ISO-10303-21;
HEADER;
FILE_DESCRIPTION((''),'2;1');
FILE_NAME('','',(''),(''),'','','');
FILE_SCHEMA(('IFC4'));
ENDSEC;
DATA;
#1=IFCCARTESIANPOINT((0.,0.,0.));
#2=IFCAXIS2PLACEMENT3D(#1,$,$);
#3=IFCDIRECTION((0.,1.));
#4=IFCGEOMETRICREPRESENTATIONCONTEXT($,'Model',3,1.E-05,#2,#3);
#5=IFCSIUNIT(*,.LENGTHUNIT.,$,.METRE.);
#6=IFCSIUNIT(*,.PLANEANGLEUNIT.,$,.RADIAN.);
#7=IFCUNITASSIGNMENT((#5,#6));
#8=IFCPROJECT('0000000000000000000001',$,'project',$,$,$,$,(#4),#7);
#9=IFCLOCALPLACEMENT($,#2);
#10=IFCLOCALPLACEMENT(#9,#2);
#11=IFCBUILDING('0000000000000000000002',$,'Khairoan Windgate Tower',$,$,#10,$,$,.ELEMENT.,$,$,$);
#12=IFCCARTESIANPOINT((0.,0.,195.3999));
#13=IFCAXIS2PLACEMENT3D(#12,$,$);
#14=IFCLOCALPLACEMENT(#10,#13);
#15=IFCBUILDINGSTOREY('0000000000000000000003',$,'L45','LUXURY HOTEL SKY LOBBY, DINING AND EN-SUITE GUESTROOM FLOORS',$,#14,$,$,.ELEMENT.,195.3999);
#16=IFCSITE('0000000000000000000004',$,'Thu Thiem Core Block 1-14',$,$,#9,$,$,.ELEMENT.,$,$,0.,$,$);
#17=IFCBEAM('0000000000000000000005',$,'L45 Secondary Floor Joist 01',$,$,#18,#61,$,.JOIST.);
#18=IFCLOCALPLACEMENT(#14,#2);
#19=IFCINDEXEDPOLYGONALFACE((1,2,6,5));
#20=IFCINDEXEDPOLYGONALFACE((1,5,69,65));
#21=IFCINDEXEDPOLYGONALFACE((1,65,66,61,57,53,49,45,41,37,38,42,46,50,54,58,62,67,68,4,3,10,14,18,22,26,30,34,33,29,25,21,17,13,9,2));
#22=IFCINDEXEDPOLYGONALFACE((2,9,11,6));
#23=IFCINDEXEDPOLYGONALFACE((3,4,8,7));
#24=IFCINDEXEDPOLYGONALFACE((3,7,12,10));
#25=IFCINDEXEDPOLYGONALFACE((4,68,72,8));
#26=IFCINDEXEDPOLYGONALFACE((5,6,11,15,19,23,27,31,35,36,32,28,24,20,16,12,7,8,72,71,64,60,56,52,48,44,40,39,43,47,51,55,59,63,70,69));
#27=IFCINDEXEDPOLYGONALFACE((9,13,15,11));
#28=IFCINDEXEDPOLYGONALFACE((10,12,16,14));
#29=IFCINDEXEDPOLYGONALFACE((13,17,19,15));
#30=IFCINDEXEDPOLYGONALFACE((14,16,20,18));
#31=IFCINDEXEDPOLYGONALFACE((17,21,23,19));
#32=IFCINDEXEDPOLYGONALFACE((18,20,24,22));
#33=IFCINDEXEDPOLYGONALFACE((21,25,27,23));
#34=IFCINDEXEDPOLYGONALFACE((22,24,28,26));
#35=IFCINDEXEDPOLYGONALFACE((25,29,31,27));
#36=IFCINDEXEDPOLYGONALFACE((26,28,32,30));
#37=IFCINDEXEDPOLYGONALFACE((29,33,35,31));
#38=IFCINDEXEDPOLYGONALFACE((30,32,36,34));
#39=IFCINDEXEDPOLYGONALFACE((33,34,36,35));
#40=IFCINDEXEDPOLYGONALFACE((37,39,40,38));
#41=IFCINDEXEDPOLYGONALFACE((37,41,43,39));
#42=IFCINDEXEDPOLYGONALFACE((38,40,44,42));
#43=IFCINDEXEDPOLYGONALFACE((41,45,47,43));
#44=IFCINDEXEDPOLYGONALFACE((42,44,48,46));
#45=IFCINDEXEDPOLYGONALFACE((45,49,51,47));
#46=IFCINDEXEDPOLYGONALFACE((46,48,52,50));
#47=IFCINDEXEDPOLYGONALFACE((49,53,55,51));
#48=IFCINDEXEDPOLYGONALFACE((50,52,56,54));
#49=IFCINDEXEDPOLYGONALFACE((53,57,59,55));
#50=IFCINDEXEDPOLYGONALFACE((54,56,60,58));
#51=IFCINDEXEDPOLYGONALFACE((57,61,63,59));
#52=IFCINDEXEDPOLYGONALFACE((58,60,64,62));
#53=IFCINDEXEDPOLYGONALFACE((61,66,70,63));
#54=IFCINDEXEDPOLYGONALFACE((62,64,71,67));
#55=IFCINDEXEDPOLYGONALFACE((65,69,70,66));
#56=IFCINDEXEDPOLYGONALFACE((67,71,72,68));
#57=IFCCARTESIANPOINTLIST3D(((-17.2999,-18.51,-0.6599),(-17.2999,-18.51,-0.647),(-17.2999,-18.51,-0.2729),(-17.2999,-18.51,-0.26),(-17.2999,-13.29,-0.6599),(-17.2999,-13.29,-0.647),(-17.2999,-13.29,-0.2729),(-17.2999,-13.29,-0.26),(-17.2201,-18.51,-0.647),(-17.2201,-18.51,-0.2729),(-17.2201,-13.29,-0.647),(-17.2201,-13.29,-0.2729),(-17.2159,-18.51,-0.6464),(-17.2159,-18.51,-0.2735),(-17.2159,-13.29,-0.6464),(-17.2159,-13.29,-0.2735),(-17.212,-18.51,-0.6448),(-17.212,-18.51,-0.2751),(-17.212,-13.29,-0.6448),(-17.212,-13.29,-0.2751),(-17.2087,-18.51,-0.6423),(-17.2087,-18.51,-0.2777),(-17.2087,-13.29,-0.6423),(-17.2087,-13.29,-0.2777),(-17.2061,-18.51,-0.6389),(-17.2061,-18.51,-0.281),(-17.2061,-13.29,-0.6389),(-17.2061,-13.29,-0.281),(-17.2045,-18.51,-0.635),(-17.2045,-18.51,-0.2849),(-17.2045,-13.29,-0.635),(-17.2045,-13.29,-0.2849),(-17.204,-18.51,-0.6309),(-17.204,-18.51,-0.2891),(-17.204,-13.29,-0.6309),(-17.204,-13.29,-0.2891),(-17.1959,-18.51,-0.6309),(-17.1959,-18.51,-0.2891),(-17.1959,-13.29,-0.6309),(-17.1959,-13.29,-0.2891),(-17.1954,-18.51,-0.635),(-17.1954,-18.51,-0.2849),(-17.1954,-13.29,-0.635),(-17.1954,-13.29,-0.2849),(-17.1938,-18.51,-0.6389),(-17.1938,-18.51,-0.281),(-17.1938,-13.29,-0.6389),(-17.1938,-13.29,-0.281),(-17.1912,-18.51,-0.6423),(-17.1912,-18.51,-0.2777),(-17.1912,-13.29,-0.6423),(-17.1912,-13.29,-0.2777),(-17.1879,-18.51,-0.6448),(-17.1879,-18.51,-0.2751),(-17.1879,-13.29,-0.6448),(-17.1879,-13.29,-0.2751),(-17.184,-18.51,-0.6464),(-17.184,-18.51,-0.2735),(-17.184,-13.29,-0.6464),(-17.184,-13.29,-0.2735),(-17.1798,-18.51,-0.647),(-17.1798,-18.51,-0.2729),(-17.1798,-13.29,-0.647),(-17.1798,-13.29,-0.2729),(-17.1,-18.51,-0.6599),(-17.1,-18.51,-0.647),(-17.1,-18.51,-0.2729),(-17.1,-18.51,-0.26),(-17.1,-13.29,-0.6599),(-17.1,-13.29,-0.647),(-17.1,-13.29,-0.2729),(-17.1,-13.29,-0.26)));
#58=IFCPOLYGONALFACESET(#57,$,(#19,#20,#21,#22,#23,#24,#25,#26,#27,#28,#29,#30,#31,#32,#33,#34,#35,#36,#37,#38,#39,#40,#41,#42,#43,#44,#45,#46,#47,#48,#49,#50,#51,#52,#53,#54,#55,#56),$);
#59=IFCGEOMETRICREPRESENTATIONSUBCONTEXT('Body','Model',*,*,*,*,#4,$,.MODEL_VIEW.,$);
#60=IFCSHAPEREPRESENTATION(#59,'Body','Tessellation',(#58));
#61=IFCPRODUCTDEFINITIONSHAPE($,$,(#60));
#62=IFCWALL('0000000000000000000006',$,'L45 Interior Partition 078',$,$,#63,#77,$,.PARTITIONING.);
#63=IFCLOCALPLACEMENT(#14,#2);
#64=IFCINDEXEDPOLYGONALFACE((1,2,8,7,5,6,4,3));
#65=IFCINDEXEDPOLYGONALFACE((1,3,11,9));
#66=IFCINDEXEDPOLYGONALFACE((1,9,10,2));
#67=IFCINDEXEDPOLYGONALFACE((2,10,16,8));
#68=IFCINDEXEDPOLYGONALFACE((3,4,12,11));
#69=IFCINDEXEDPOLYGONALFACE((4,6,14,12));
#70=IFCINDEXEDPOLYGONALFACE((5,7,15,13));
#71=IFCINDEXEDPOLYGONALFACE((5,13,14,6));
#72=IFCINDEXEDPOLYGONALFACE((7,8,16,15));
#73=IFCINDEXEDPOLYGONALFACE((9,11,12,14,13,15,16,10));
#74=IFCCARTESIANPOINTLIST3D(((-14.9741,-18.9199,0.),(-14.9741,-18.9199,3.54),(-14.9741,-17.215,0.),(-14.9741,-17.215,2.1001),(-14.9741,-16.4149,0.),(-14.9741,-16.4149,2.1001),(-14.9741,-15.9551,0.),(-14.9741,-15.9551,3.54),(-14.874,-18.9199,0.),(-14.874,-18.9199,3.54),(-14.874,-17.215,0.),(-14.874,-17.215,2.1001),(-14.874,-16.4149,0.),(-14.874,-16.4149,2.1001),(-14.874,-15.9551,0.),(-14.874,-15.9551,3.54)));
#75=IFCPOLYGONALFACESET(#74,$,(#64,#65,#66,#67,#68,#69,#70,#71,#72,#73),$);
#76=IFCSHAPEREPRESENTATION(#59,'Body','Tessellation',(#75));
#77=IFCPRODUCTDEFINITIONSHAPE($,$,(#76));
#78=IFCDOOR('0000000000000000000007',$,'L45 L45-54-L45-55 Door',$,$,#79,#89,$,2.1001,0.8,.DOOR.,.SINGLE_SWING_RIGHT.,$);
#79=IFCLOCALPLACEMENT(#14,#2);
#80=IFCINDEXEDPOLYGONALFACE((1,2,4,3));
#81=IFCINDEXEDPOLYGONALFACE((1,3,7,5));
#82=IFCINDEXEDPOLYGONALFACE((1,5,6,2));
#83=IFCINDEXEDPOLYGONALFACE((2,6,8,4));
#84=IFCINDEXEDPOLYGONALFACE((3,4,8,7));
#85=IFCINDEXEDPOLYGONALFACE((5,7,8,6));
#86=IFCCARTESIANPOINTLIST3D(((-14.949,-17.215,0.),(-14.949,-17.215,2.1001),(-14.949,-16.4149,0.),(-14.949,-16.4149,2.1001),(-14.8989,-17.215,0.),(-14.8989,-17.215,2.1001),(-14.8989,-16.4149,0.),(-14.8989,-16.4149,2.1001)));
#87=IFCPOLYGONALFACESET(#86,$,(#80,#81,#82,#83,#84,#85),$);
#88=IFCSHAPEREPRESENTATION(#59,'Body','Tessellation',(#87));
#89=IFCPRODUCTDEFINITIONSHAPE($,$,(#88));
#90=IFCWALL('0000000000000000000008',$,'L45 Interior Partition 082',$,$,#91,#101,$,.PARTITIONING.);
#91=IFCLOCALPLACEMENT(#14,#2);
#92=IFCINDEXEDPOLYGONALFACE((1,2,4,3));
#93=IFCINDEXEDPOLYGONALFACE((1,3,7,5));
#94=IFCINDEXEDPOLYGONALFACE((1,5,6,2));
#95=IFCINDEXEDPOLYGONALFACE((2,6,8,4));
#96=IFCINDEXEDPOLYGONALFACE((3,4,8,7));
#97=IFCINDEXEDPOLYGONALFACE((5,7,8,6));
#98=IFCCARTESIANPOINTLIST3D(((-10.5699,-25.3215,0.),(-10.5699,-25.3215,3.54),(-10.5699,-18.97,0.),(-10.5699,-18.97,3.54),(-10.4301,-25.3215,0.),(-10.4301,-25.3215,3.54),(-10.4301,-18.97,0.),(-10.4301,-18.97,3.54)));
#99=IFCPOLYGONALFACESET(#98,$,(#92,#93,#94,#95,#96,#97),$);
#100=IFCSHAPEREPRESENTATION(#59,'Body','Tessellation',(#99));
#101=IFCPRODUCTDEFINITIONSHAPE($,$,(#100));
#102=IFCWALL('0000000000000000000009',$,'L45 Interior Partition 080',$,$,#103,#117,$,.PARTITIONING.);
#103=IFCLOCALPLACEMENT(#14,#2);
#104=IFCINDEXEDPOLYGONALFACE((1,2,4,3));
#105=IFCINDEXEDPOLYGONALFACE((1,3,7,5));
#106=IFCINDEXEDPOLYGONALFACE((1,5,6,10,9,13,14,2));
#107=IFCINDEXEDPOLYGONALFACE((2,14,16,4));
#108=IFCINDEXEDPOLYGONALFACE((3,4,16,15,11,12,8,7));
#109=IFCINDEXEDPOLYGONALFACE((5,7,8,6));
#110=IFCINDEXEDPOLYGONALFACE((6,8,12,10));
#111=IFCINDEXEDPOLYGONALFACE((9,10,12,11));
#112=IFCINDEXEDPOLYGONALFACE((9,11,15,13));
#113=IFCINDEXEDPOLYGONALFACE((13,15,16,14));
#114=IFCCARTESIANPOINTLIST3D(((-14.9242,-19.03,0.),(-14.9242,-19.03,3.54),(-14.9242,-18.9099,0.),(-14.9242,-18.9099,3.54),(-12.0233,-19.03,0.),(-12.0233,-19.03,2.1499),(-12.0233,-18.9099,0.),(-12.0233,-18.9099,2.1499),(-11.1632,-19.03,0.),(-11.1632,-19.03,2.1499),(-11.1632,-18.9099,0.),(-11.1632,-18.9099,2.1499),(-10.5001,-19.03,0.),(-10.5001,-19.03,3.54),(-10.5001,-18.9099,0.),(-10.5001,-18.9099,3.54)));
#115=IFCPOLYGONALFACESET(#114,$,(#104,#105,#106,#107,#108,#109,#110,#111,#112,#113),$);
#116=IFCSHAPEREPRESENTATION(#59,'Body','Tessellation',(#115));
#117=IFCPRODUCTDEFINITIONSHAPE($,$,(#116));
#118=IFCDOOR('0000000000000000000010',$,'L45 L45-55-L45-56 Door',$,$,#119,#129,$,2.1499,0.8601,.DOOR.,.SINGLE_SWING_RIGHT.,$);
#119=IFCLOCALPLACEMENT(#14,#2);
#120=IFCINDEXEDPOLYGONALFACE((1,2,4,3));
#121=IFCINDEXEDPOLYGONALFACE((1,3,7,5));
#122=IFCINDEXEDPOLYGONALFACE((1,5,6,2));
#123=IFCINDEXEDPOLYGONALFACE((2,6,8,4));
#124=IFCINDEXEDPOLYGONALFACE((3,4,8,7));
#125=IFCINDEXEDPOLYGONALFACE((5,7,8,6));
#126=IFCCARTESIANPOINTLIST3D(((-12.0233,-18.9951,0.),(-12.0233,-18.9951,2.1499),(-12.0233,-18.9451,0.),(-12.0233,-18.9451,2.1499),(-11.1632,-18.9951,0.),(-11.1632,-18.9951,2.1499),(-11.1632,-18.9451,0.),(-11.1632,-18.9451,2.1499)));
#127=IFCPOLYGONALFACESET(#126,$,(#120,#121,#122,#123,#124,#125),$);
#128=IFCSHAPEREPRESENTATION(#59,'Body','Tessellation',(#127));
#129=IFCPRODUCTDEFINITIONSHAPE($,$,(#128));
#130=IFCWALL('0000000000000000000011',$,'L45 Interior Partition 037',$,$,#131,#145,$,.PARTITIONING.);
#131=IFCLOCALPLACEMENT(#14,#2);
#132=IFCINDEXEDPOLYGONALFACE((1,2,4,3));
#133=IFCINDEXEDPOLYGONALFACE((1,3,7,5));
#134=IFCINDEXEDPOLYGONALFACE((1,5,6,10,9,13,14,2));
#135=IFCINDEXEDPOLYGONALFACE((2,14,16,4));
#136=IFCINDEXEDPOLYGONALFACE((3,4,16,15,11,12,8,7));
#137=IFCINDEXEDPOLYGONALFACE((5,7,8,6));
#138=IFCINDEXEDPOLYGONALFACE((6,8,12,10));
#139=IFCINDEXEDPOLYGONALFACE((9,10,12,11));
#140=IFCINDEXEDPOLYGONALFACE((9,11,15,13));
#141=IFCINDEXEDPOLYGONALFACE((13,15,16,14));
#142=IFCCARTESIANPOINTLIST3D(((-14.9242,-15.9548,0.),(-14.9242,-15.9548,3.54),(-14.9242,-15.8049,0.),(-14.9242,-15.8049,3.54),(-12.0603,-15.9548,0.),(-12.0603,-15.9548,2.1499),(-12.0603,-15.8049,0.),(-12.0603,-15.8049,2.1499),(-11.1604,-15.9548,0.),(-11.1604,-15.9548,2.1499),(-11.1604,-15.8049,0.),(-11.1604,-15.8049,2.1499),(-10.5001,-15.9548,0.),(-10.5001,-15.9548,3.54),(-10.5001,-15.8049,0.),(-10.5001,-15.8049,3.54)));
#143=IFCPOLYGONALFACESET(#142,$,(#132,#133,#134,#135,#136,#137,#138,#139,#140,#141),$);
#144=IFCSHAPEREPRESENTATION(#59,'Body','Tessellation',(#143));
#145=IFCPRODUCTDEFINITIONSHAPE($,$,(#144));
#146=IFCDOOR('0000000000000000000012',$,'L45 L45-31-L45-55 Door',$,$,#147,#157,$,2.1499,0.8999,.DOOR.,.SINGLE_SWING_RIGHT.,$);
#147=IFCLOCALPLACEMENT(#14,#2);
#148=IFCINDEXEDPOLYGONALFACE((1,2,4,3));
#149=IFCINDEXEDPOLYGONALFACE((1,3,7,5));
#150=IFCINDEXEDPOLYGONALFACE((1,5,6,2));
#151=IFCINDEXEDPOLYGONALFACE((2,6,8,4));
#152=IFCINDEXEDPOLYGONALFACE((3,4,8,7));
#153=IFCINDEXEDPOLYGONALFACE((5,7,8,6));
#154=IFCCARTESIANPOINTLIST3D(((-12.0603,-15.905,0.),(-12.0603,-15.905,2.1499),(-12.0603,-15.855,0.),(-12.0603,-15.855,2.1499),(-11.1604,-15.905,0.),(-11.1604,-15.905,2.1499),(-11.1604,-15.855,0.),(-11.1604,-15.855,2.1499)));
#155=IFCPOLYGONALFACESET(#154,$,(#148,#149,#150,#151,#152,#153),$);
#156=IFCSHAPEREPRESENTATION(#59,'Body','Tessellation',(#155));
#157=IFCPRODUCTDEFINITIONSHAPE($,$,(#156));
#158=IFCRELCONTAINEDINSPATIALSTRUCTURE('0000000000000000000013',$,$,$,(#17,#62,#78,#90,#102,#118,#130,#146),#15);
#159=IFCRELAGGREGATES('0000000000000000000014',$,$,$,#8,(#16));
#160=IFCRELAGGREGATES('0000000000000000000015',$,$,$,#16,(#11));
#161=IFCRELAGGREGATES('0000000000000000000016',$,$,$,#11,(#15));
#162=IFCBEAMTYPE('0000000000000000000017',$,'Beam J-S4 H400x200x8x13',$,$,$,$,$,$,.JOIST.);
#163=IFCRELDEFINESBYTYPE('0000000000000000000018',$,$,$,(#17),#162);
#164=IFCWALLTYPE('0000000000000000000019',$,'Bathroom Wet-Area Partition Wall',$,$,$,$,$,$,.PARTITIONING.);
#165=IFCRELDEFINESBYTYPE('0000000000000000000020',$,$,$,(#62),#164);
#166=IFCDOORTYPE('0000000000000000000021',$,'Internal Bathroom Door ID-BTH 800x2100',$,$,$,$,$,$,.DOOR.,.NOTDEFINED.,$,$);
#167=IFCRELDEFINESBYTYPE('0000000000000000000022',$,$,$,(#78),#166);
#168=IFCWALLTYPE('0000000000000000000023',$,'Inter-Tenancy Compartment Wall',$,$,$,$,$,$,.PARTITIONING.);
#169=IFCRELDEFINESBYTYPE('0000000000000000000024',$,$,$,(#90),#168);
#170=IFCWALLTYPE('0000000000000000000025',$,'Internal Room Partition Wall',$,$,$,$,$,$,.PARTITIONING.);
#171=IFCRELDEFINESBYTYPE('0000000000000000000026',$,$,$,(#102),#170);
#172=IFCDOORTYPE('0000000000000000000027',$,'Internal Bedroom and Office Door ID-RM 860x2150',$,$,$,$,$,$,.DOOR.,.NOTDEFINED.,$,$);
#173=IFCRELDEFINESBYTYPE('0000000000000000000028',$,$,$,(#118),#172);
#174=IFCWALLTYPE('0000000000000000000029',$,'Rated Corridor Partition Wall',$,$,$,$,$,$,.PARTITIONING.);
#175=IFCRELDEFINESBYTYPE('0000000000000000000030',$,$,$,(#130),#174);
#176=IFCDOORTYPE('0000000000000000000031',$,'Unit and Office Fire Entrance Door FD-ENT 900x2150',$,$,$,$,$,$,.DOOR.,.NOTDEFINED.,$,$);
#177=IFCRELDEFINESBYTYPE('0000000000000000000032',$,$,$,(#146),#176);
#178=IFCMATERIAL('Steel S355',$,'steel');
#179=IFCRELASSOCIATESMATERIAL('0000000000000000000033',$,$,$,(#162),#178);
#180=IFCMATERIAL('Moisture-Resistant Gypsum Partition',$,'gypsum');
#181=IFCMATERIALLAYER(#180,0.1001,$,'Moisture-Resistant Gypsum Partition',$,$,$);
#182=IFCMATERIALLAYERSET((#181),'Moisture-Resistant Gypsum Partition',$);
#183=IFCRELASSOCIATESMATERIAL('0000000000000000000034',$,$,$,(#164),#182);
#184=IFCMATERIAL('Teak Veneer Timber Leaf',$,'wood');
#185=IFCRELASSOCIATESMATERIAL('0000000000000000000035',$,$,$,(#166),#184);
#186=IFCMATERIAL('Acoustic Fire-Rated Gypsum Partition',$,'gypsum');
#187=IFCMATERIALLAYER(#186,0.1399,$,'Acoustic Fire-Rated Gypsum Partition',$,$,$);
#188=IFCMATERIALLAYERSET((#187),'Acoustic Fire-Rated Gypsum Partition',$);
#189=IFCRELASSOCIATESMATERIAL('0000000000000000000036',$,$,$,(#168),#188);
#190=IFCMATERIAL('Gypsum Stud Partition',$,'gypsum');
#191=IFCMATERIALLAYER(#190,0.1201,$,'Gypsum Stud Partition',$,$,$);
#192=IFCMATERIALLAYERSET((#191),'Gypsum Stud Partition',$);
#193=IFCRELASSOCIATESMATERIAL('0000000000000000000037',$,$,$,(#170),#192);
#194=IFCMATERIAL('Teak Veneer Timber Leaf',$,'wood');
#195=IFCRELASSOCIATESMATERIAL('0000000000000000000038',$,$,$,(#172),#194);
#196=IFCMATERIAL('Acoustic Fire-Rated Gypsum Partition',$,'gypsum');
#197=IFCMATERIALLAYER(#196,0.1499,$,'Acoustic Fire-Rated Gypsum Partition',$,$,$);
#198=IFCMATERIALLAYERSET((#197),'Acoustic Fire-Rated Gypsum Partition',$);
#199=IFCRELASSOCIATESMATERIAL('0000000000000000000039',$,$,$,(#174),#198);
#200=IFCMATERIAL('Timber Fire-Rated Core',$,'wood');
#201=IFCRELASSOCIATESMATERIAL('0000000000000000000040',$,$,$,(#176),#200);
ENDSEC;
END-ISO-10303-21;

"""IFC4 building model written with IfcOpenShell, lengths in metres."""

from ifc_helpers import new_model, si_unit, direction, frame, frame_2d, origin, origin_2d, place, context, subcontext, project, spatial, rectangle, i_section, extrude, material, layer, layer_set, material_profile, profile_set, type_object, element, fill, save


model = new_model("IFC4")

# Units and contexts
model_context = context("Model", 3, precision=1e-05, world=origin(), true_north=direction((0.0, 1.0)))
body_context = subcontext(model_context, "Body", "Model", "MODEL_VIEW")
ifc_project = project(units=[si_unit("LENGTHUNIT", "METRE"), si_unit("PLANEANGLEUNIT", "RADIAN")], contexts=[model_context])

# Site, building, storey
site_placement = place(None, origin())
site = spatial("IfcSite", under=ifc_project, at=site_placement, Name="Thu Thiem Core Block 1-14", CompositionType="ELEMENT", RefElevation=0.0)
building_placement = place(site_placement, origin())
building = spatial("IfcBuilding", under=site, at=building_placement, Name="Khairoan Windgate Tower", CompositionType="ELEMENT")
storey_placement = place(building_placement, frame((0.0, 0.0, 195.3999)))
storey = spatial("IfcBuildingStorey", under=building, at=storey_placement, Name="L45", Description="LUXURY HOTEL SKY LOBBY, DINING AND EN-SUITE GUESTROOM FLOORS", CompositionType="ELEMENT", Elevation=195.3999)

# Beam
ifc_material_1 = material(Name="Steel S355", Category="steel")
ifc_material_profile_1 = material_profile(ifc_material_1, i_section(OverallWidth=0.2, OverallDepth=0.3999, WebThickness=0.0081, FlangeThickness=0.0129, FilletRadius=0.0161, at=origin_2d()))
ifc_profile_set_1 = profile_set([ifc_material_profile_1], Name="Steel S355")
beam_type_1 = type_object("IfcBeamType", Name="Beam J-S4 H400x200x8x13", PredefinedType="JOIST", material=ifc_profile_set_1)
beam_1_placement = place(storey_placement, frame((-17.2, -18.51, -0.46), z_axis=(0.0, 1.0, 0.0), x_axis=(-1.0, 0.0, 0.0)))
element("IfcBeam", 1, at=beam_1_placement, inside=storey, type_object=beam_type_1, Name="L45 Secondary Floor Joist 01", PredefinedType="JOIST", context=body_context, shape_type="SweptSolid", body=[
    extrude(i_section(OverallWidth=0.2, OverallDepth=0.3999, WebThickness=0.0081, FlangeThickness=0.0129, FilletRadius=0.0161, at=origin_2d()), origin(), (0.0, 0.0, 1.0), 5.22),
])

# Wall, opening, door
ifc_material_2 = material(Name="Moisture-Resistant Gypsum Partition", Category="gypsum")
ifc_layer_1 = layer(ifc_material_2, 0.1001, Name="Moisture-Resistant Gypsum Partition")
ifc_layer_set_1 = layer_set([ifc_layer_1], Name="Moisture-Resistant Gypsum Partition")
wall_type_1 = type_object("IfcWallType", Name="Bathroom Wet-Area Partition Wall", PredefinedType="PARTITIONING", material=ifc_layer_set_1)
wall_1_placement = place(storey_placement, frame((-14.9241, -18.9199, 0.0), z_axis=(0.0, 0.0, 1.0), x_axis=(0.0, 1.0, 0.0)))
wall_1 = element("IfcWall", 2, at=wall_1_placement, inside=storey, type_object=wall_type_1, Name="L45 Interior Partition 078", PredefinedType="PARTITIONING", context=body_context, shape_type="SweptSolid", body=[
    extrude(rectangle(XDim=2.9648, YDim=0.1001, at=frame_2d((1.4824, 0.0))), origin(), (0.0, 0.0, 1.0), 3.54),
])
opening_1_placement = place(wall_1_placement, frame((1.7051, 0.0, 0.0)))
opening_1 = element("IfcOpeningElement", 3, at=opening_1_placement, cuts=wall_1, PredefinedType="OPENING", context=body_context, shape_type="SweptSolid", body=[
    extrude(rectangle(XDim=0.8, YDim=2.1001, at=frame_2d((0.3999, 1.05))), frame((0.0, 0.0601, 0.0), z_axis=(0.0, -1.0, 0.0), x_axis=(1.0, 0.0, 0.0)), (0.0, 0.0, 1.0), 0.1201),
])
ifc_material_3 = material(Name="Teak Veneer Timber Leaf", Category="wood")
door_type_1 = type_object("IfcDoorType", Name="Internal Bathroom Door ID-BTH 800x2100", OperationType="NOTDEFINED", PredefinedType="DOOR", material=ifc_material_3)
door_1_placement = place(opening_1_placement, origin())
door_1 = element("IfcDoor", 4, at=door_1_placement, inside=storey, type_object=door_type_1, Name="L45 L45-54-L45-55 Door", OperationType="SINGLE_SWING_RIGHT", OverallHeight=2.1001, OverallWidth=0.8, PredefinedType="DOOR", context=body_context, shape_type="SweptSolid", body=[
    extrude(rectangle(XDim=0.8, YDim=2.1001, at=frame_2d((0.3999, 1.05))), frame((0.0, 0.0249, 0.0), z_axis=(0.0, -1.0, 0.0), x_axis=(1.0, 0.0, 0.0)), (0.0, 0.0, 1.0), 0.05),
])
fill(opening_1, door_1)

# Wall
ifc_material_4 = material(Name="Acoustic Fire-Rated Gypsum Partition", Category="gypsum")
ifc_layer_2 = layer(ifc_material_4, 0.1399, Name="Acoustic Fire-Rated Gypsum Partition")
ifc_layer_set_2 = layer_set([ifc_layer_2], Name="Acoustic Fire-Rated Gypsum Partition")
wall_type_2 = type_object("IfcWallType", Name="Inter-Tenancy Compartment Wall", PredefinedType="PARTITIONING", material=ifc_layer_set_2)
wall_2_placement = place(storey_placement, frame((-10.5, -25.3215, 0.0), z_axis=(0.0, 0.0, 1.0), x_axis=(0.0, 1.0, 0.0)))
element("IfcWall", 5, at=wall_2_placement, inside=storey, type_object=wall_type_2, Name="L45 Interior Partition 082", PredefinedType="PARTITIONING", context=body_context, shape_type="SweptSolid", body=[
    extrude(rectangle(XDim=6.3516, YDim=0.1399, at=frame_2d((3.1758, 0.0))), origin(), (0.0, 0.0, 1.0), 3.54),
])

# Walls, openings, doors
ifc_material_5 = material(Name="Gypsum Stud Partition", Category="gypsum")
ifc_layer_3 = layer(ifc_material_5, 0.1201, Name="Gypsum Stud Partition")
ifc_layer_set_3 = layer_set([ifc_layer_3], Name="Gypsum Stud Partition")
wall_type_3 = type_object("IfcWallType", Name="Internal Room Partition Wall", PredefinedType="PARTITIONING", material=ifc_layer_set_3)
wall_3_placement = place(storey_placement, frame((-14.9241, -18.97, 0.0), z_axis=(0.0, 0.0, 1.0), x_axis=(1.0, 0.0, 0.0)))
wall_3 = element("IfcWall", 6, at=wall_3_placement, inside=storey, type_object=wall_type_3, Name="L45 Interior Partition 080", PredefinedType="PARTITIONING", context=body_context, shape_type="SweptSolid", body=[
    extrude(rectangle(XDim=4.4241, YDim=0.1201, at=frame_2d((2.2119, 0.0))), origin(), (0.0, 0.0, 1.0), 3.54),
])
opening_2_placement = place(wall_3_placement, frame((2.9006, 0.0, 0.0)))
opening_2 = element("IfcOpeningElement", 7, at=opening_2_placement, cuts=wall_3, PredefinedType="OPENING", context=body_context, shape_type="SweptSolid", body=[
    extrude(rectangle(XDim=0.8601, YDim=2.1499, at=frame_2d((0.4302, 1.075))), frame((0.0, 0.0701, 0.0), z_axis=(0.0, -1.0, 0.0), x_axis=(1.0, 0.0, 0.0)), (0.0, 0.0, 1.0), 0.1401),
])
ifc_material_6 = material(Name="Teak Veneer Timber Leaf", Category="wood")
door_type_2 = type_object("IfcDoorType", Name="Internal Bedroom and Office Door ID-RM 860x2150", OperationType="NOTDEFINED", PredefinedType="DOOR", material=ifc_material_6)
door_2_placement = place(opening_2_placement, origin())
door_2 = element("IfcDoor", 8, at=door_2_placement, inside=storey, type_object=door_type_2, Name="L45 L45-55-L45-56 Door", OperationType="SINGLE_SWING_RIGHT", OverallHeight=2.1499, OverallWidth=0.8601, PredefinedType="DOOR", context=body_context, shape_type="SweptSolid", body=[
    extrude(rectangle(XDim=0.8601, YDim=2.1499, at=frame_2d((0.4302, 1.075))), frame((0.0, 0.0249, 0.0), z_axis=(0.0, -1.0, 0.0), x_axis=(1.0, 0.0, 0.0)), (0.0, 0.0, 1.0), 0.05),
])
fill(opening_2, door_2)
ifc_material_7 = material(Name="Acoustic Fire-Rated Gypsum Partition", Category="gypsum")
ifc_layer_4 = layer(ifc_material_7, 0.1499, Name="Acoustic Fire-Rated Gypsum Partition")
ifc_layer_set_4 = layer_set([ifc_layer_4], Name="Acoustic Fire-Rated Gypsum Partition")
wall_type_4 = type_object("IfcWallType", Name="Rated Corridor Partition Wall", PredefinedType="PARTITIONING", material=ifc_layer_set_4)
wall_4_placement = place(storey_placement, frame((-14.9241, -15.8799, 0.0), z_axis=(0.0, 0.0, 1.0), x_axis=(1.0, 0.0, 0.0)))
wall_4 = element("IfcWall", 9, at=wall_4_placement, inside=storey, type_object=wall_type_4, Name="L45 Interior Partition 037", PredefinedType="PARTITIONING", context=body_context, shape_type="SweptSolid", body=[
    extrude(rectangle(XDim=4.4241, YDim=0.1499, at=frame_2d((2.2119, 0.0))), origin(), (0.0, 0.0, 1.0), 3.54),
])
opening_3_placement = place(wall_4_placement, frame((2.8638, 0.0, 0.0)))
opening_3 = element("IfcOpeningElement", 10, at=opening_3_placement, cuts=wall_4, PredefinedType="OPENING", context=body_context, shape_type="SweptSolid", body=[
    extrude(rectangle(XDim=0.8999, YDim=2.1499, at=frame_2d((0.45, 1.075))), frame((0.0, 0.085, 0.0), z_axis=(0.0, -1.0, 0.0), x_axis=(1.0, 0.0, 0.0)), (0.0, 0.0, 1.0), 0.1699),
])
ifc_material_8 = material(Name="Timber Fire-Rated Core", Category="wood")
door_type_3 = type_object("IfcDoorType", Name="Unit and Office Fire Entrance Door FD-ENT 900x2150", OperationType="NOTDEFINED", PredefinedType="DOOR", material=ifc_material_8)
door_3_placement = place(opening_3_placement, origin())
door_3 = element("IfcDoor", 11, at=door_3_placement, inside=storey, type_object=door_type_3, Name="L45 L45-31-L45-55 Door", OperationType="SINGLE_SWING_RIGHT", OverallHeight=2.1499, OverallWidth=0.8999, PredefinedType="DOOR", context=body_context, shape_type="SweptSolid", body=[
    extrude(rectangle(XDim=0.8999, YDim=2.1499, at=frame_2d((0.45, 1.075))), frame((0.0, 0.0249, 0.0), z_axis=(0.0, -1.0, 0.0), x_axis=(1.0, 0.0, 0.0)), (0.0, 0.0, 1.0), 0.05),
])
fill(opening_3, door_3)

save(model, "model.ifc")
